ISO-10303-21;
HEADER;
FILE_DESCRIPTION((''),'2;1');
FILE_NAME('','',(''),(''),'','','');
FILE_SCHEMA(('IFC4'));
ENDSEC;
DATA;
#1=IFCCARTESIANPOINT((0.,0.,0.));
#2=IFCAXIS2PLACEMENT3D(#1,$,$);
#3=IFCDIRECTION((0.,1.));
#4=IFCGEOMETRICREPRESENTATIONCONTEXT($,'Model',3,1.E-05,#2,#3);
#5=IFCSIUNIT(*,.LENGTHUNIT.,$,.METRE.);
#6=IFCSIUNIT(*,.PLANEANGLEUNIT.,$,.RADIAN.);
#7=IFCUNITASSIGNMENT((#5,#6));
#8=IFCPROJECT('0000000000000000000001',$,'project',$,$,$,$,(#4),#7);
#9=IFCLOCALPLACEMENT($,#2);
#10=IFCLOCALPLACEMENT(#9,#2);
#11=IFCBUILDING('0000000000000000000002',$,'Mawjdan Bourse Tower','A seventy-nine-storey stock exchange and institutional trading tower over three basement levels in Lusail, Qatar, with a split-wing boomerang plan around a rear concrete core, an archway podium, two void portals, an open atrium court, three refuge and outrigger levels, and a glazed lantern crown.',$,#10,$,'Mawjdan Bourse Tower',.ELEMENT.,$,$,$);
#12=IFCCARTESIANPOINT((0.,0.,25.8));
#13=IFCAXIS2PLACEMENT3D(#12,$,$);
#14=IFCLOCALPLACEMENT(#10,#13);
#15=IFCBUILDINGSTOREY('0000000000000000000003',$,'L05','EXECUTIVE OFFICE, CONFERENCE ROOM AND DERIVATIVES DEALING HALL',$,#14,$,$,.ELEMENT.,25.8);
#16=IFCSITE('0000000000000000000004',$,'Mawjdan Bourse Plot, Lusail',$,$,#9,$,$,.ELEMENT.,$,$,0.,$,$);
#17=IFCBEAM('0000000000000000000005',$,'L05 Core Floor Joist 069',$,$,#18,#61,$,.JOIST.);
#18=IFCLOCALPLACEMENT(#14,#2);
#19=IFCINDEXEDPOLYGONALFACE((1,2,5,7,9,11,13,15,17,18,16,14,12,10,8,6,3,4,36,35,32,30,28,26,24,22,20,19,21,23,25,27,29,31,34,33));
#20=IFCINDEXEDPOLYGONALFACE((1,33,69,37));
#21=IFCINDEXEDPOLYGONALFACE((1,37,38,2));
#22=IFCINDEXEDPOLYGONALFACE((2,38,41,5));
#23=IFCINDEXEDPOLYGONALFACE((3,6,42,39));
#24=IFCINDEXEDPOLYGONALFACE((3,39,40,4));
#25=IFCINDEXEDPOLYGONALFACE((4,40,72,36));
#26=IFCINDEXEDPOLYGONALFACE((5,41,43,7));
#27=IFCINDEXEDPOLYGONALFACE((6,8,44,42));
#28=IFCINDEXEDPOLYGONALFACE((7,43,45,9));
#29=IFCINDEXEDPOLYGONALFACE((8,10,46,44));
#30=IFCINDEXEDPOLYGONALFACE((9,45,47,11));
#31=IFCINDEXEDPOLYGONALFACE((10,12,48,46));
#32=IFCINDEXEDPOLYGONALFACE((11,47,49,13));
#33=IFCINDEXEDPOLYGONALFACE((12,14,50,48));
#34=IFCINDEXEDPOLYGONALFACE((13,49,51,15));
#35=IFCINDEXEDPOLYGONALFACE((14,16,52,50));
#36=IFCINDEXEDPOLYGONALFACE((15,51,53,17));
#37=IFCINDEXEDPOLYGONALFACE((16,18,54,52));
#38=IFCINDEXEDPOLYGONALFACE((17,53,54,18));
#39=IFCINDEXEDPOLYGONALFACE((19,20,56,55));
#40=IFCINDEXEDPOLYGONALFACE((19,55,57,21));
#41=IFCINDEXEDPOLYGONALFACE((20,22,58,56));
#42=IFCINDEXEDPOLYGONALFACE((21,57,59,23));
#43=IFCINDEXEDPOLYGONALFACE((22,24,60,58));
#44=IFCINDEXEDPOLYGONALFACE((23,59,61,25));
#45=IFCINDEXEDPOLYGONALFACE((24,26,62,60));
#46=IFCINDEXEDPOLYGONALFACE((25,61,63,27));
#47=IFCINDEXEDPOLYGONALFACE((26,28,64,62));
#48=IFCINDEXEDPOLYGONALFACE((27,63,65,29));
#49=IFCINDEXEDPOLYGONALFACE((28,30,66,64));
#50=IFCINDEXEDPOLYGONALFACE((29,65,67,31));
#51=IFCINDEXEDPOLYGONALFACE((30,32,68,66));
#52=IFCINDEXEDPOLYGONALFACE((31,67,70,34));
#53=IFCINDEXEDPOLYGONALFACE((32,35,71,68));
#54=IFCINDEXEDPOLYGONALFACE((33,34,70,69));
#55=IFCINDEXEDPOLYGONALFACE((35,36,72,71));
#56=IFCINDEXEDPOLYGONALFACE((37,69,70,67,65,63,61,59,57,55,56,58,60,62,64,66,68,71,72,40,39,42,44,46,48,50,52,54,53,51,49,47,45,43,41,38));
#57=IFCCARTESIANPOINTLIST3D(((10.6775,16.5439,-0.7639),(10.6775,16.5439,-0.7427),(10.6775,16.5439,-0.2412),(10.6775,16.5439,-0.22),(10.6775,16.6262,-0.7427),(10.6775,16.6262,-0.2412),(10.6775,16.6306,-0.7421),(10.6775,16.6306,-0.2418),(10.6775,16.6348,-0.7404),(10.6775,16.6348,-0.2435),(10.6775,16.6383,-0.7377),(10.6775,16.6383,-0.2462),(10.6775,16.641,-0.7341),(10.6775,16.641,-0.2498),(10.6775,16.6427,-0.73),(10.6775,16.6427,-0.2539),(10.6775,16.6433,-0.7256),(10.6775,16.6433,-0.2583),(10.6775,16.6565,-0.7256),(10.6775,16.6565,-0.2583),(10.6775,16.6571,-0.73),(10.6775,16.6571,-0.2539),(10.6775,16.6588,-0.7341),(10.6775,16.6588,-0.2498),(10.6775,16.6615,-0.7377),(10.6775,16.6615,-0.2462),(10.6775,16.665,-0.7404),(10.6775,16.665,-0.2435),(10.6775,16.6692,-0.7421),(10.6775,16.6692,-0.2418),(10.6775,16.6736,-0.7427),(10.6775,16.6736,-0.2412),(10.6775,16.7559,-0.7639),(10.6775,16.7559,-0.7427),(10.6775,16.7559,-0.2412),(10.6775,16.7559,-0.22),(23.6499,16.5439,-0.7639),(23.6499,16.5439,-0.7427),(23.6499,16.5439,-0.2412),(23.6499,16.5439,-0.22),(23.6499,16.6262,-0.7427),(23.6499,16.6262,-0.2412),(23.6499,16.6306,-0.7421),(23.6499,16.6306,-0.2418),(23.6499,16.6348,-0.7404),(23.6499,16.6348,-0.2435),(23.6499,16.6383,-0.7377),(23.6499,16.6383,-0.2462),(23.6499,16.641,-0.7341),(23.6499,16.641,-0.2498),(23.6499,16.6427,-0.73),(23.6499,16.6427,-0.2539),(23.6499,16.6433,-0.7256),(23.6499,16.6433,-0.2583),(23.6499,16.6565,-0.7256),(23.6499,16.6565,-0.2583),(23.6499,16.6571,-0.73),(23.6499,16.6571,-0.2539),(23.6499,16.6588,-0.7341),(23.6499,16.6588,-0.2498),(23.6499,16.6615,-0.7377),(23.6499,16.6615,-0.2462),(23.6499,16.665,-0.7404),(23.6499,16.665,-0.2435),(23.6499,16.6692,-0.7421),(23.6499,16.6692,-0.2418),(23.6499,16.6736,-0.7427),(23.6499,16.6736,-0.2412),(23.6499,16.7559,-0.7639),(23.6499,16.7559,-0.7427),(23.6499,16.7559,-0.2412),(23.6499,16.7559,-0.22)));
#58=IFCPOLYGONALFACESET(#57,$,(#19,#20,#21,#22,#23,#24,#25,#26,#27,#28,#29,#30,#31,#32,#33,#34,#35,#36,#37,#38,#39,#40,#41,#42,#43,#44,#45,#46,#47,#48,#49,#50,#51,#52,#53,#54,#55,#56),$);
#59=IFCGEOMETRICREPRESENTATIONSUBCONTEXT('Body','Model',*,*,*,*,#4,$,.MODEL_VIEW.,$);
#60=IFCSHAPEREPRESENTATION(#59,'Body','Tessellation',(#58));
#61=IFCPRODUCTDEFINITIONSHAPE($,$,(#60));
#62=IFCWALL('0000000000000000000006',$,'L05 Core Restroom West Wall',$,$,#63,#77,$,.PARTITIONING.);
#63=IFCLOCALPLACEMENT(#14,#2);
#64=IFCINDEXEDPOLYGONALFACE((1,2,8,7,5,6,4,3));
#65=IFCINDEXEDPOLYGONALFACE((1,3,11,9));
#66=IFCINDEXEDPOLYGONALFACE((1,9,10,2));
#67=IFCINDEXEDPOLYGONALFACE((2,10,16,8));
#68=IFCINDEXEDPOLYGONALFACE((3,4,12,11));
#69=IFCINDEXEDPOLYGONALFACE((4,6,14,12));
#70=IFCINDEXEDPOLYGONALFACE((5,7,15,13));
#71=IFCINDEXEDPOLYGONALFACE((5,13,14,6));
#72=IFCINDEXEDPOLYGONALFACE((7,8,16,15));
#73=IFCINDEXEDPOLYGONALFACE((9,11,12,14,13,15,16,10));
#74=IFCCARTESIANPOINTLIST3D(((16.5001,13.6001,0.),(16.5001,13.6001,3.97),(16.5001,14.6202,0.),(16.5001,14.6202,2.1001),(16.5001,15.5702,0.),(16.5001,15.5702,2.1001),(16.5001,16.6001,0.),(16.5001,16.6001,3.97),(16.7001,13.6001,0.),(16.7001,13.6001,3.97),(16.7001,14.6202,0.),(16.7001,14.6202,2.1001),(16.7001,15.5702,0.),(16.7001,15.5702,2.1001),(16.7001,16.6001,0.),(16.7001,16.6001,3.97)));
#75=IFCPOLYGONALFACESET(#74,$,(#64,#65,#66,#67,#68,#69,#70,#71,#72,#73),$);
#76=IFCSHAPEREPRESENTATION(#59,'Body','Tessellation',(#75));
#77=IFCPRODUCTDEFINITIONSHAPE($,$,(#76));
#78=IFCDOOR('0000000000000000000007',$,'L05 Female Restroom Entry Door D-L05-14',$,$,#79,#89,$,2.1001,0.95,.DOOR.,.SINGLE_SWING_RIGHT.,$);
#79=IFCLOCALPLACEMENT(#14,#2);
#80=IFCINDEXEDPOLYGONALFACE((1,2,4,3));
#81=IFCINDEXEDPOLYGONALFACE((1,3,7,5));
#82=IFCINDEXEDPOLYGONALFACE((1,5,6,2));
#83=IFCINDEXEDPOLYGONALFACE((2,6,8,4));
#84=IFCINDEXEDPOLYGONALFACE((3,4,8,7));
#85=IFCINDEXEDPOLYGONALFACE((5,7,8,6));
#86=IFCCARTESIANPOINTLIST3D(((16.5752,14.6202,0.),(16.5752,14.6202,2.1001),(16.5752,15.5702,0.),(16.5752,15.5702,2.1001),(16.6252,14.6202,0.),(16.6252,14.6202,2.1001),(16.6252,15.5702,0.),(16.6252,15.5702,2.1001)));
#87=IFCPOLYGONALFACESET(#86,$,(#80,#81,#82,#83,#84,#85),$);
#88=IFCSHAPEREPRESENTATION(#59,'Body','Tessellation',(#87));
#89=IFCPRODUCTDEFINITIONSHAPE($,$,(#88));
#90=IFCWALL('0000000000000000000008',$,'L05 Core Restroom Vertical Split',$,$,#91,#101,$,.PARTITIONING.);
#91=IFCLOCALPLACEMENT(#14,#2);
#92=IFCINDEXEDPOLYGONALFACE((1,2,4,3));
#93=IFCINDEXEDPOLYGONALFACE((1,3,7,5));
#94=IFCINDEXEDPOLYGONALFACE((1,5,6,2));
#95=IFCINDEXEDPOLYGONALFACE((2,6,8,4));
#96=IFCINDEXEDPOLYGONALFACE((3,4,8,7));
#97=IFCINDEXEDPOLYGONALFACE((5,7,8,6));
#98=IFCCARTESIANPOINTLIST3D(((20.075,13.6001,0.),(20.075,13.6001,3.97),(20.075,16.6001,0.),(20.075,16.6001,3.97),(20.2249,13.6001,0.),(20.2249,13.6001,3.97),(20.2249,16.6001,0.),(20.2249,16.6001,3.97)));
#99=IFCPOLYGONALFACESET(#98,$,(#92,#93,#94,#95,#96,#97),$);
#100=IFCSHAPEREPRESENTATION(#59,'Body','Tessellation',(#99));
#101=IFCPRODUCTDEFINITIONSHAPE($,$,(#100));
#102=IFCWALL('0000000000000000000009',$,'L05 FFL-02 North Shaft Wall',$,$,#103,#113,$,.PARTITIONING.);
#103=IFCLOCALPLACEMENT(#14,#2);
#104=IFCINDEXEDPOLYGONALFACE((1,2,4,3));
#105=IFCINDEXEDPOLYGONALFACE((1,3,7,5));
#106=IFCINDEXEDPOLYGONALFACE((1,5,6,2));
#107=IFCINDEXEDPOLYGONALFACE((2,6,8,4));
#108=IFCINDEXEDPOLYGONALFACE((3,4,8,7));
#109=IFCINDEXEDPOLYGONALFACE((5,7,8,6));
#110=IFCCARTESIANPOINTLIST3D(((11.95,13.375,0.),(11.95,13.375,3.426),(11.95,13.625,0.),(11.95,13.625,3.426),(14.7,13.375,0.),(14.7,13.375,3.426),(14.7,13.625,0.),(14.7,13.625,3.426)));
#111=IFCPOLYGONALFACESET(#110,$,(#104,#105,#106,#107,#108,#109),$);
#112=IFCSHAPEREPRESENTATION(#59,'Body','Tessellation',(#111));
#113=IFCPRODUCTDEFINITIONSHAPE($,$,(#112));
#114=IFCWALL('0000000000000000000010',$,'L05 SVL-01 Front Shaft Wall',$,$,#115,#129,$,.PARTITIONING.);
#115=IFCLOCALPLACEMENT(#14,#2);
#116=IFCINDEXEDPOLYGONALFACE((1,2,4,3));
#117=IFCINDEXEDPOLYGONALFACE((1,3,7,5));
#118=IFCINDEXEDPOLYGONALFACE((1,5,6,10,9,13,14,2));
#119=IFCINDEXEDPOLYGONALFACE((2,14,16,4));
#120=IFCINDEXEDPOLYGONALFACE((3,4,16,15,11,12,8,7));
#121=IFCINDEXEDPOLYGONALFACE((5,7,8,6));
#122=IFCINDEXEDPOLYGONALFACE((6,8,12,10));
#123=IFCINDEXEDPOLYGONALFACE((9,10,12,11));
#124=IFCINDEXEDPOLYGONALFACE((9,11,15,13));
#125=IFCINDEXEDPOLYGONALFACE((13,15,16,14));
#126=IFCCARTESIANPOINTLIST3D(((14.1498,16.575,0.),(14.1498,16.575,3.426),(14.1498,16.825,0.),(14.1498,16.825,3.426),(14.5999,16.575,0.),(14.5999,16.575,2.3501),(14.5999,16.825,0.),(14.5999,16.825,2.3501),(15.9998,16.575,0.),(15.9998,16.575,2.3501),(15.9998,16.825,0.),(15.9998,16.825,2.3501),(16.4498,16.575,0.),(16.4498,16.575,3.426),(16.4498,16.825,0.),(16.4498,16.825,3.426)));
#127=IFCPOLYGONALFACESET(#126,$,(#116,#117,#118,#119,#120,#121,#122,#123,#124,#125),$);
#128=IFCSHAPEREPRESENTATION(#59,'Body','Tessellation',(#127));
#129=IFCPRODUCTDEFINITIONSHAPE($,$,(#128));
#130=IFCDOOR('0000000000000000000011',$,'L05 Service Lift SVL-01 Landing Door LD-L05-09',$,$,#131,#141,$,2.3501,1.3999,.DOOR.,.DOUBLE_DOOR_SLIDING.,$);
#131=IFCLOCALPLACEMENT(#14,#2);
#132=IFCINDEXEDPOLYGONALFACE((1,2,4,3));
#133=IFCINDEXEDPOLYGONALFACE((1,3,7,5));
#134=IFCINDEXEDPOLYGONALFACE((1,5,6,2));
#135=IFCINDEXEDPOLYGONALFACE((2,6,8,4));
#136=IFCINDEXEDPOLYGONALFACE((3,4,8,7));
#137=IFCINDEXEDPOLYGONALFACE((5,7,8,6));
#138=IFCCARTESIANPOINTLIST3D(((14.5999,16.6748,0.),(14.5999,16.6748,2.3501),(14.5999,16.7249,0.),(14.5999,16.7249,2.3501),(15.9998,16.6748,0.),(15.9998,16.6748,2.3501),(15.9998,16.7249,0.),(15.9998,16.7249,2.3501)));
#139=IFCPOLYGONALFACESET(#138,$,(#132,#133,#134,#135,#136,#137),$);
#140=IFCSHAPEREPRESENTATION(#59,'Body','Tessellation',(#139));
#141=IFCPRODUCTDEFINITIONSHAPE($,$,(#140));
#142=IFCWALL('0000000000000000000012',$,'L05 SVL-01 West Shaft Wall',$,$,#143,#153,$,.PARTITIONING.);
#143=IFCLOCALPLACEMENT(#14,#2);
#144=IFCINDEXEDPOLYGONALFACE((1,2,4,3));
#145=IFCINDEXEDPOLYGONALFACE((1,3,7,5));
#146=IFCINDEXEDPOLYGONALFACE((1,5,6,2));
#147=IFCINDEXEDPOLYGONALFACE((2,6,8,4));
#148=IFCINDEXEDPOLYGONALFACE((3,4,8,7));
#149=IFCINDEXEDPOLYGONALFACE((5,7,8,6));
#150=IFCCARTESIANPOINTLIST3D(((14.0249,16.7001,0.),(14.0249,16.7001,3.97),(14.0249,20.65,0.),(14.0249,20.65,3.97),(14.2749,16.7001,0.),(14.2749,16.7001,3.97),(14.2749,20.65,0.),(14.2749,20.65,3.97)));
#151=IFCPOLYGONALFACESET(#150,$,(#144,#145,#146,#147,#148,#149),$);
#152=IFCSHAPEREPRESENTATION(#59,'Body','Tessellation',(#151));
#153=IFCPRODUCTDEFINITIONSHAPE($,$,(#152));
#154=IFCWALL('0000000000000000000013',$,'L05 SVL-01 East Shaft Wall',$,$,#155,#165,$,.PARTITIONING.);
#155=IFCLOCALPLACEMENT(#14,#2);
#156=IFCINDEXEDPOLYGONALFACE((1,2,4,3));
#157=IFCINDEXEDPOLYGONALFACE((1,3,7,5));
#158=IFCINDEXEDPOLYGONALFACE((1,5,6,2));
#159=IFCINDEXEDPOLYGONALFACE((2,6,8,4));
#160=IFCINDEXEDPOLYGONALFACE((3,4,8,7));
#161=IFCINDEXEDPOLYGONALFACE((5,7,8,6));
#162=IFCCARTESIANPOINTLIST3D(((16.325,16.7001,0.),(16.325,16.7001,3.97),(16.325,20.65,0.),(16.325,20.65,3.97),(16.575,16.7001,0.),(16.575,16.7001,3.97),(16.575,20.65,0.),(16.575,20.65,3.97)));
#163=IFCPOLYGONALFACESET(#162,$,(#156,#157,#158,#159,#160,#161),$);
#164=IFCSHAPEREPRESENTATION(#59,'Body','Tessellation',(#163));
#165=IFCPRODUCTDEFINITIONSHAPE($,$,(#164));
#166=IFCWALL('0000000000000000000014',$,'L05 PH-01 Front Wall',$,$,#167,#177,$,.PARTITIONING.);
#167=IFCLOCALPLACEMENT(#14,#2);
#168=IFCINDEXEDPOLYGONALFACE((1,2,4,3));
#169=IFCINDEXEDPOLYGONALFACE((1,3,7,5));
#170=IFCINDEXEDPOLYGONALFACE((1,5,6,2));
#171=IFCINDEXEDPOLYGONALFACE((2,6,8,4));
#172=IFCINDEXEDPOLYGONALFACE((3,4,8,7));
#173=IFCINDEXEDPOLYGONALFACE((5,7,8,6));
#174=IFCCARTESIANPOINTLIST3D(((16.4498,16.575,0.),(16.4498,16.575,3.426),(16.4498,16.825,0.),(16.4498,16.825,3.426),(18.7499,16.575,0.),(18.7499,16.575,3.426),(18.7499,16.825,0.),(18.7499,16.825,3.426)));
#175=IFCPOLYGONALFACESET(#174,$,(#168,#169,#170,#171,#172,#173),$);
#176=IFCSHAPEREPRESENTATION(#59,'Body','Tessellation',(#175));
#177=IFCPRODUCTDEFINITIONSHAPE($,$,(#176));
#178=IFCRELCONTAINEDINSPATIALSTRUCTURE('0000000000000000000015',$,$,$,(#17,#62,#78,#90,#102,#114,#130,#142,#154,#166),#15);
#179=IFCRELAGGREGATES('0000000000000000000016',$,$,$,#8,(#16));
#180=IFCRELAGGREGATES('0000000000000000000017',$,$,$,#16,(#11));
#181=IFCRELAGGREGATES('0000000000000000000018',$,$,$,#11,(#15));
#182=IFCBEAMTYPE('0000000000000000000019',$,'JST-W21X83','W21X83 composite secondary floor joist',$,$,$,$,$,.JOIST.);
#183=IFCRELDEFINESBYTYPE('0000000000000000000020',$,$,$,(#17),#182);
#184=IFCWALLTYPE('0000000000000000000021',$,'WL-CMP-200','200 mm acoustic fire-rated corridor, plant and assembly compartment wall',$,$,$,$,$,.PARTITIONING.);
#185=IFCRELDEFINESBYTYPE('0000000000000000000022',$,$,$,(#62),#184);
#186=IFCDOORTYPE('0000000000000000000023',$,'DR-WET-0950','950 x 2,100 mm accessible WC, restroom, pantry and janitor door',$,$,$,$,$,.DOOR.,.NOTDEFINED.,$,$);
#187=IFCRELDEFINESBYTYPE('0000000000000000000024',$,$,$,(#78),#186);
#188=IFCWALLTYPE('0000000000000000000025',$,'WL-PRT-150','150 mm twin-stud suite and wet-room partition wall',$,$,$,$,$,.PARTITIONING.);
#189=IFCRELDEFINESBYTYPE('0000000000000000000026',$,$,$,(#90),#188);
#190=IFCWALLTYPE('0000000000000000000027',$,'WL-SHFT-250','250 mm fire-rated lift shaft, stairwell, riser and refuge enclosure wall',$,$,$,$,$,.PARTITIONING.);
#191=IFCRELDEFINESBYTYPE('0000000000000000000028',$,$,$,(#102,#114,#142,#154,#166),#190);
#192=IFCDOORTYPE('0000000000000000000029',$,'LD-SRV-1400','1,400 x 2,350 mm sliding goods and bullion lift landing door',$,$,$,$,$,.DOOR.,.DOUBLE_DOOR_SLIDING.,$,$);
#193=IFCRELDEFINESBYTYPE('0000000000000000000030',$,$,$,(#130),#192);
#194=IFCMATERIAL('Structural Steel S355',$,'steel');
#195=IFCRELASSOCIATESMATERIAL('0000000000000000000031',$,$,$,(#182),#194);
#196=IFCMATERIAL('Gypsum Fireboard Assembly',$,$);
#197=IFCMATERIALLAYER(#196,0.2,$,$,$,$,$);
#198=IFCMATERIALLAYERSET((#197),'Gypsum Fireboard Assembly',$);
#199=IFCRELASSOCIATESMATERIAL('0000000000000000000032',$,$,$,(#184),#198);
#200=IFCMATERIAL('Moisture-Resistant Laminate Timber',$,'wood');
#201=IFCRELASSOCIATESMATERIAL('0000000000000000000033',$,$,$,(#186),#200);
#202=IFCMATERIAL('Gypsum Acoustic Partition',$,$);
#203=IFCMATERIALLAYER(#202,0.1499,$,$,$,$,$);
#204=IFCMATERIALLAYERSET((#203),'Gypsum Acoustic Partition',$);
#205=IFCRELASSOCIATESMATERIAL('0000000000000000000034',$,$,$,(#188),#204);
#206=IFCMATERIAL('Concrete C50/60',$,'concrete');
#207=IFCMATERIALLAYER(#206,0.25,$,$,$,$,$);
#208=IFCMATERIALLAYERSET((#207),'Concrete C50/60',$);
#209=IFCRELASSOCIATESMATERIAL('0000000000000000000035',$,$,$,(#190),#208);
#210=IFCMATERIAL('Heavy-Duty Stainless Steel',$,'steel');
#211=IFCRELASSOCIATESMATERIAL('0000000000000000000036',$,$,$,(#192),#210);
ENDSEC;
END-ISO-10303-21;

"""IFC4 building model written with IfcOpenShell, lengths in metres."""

from ifc_helpers import new_model, si_unit, direction, frame, frame_2d, origin, origin_2d, place, context, subcontext, project, spatial, rectangle, i_section, extrude, material, layer, layer_set, material_profile, profile_set, type_object, element, fill, save


model = new_model("IFC4")

# Units and contexts
model_context = context("Model", 3, precision=1e-05, world=origin(), true_north=direction((0.0, 1.0)))
body_context = subcontext(model_context, "Body", "Model", "MODEL_VIEW")
ifc_project = project(units=[si_unit("LENGTHUNIT", "METRE"), si_unit("PLANEANGLEUNIT", "RADIAN")], contexts=[model_context])

# Site, building, storey
site_placement = place(None, origin())
site = spatial("IfcSite", under=ifc_project, at=site_placement, Name="Mawjdan Bourse Plot, Lusail", CompositionType="ELEMENT", RefElevation=0.0)
building_placement = place(site_placement, origin())
building = spatial("IfcBuilding", under=site, at=building_placement, Name="Mawjdan Bourse Tower", Description="A seventy-nine-storey stock exchange and institutional trading tower over three basement levels in Lusail, Qatar, with a split-wing boomerang plan around a rear concrete core, an archway podium, two void portals, an open atrium court, three refuge and outrigger levels, and a glazed lantern crown.", LongName="Mawjdan Bourse Tower", CompositionType="ELEMENT")
storey_placement = place(building_placement, frame((0.0, 0.0, 25.8)))
storey = spatial("IfcBuildingStorey", under=building, at=storey_placement, Name="L05", Description="EXECUTIVE OFFICE, CONFERENCE ROOM AND DERIVATIVES DEALING HALL", CompositionType="ELEMENT", Elevation=25.8)

# Beam
ifc_material_1 = material(Name="Structural Steel S355", Category="steel")
ifc_material_profile = material_profile(ifc_material_1, i_section(OverallWidth=0.2119, OverallDepth=0.5439, WebThickness=0.0132, FlangeThickness=0.0212, FilletRadius=0.0171, at=origin_2d()), Name="W21X83")
ifc_profile_set = profile_set([ifc_material_profile], Name="Structural Steel S355")
beam_type = type_object("IfcBeamType", Name="JST-W21X83", Description="W21X83 composite secondary floor joist", PredefinedType="JOIST", material=ifc_profile_set)
beam_placement = place(storey_placement, frame((10.6775, 16.6499, -0.4919), z_axis=(1.0, 0.0, 0.0), x_axis=(0.0, 1.0, 0.0)))
element("IfcBeam", 1, at=beam_placement, inside=storey, type_object=beam_type, Name="L05 Core Floor Joist 069", PredefinedType="JOIST", context=body_context, shape_type="SweptSolid", body=[
    extrude(i_section(OverallWidth=0.2119, OverallDepth=0.5439, WebThickness=0.0132, FlangeThickness=0.0212, FilletRadius=0.0171, at=origin_2d()), origin(), (0.0, 0.0, 1.0), 12.9724),
])

# Wall, opening, door
ifc_material_2 = material(Name="Gypsum Fireboard Assembly")
ifc_layer_1 = layer(ifc_material_2, 0.2)
ifc_layer_set_1 = layer_set([ifc_layer_1], Name="Gypsum Fireboard Assembly")
wall_type_1 = type_object("IfcWallType", Name="WL-CMP-200", Description="200 mm acoustic fire-rated corridor, plant and assembly compartment wall", PredefinedType="PARTITIONING", material=ifc_layer_set_1)
wall_1_placement = place(storey_placement, frame((16.6001, 13.6001, 0.0), z_axis=(0.0, 0.0, 1.0), x_axis=(0.0, 1.0, 0.0)))
wall_1 = element("IfcWall", 2, at=wall_1_placement, inside=storey, type_object=wall_type_1, Name="L05 Core Restroom West Wall", PredefinedType="PARTITIONING", context=body_context, shape_type="SweptSolid", body=[
    extrude(rectangle(XDim=3.0, YDim=0.2, at=frame_2d((1.5, 0.0))), origin(), (0.0, 0.0, 1.0), 3.97),
])
opening_1_placement = place(wall_1_placement, frame((1.02, 0.0, 0.0)))
opening_1 = element("IfcOpeningElement", 3, at=opening_1_placement, cuts=wall_1, PredefinedType="OPENING", context=body_context, shape_type="SweptSolid", body=[
    extrude(rectangle(XDim=0.95, YDim=2.1001, at=frame_2d((0.4751, 1.05))), frame((0.0, 0.1099, 0.0), z_axis=(0.0, -1.0, 0.0), x_axis=(1.0, 0.0, 0.0)), (0.0, 0.0, 1.0), 0.22),
])
ifc_material_3 = material(Name="Moisture-Resistant Laminate Timber", Category="wood")
door_type_1 = type_object("IfcDoorType", Name="DR-WET-0950", Description="950 x 2,100 mm accessible WC, restroom, pantry and janitor door", OperationType="NOTDEFINED", PredefinedType="DOOR", material=ifc_material_3)
door_1_placement = place(opening_1_placement, origin())
door_1 = element("IfcDoor", 4, at=door_1_placement, inside=storey, type_object=door_type_1, Name="L05 Female Restroom Entry Door D-L05-14", OperationType="SINGLE_SWING_RIGHT", OverallHeight=2.1001, OverallWidth=0.95, PredefinedType="DOOR", context=body_context, shape_type="SweptSolid", body=[
    extrude(rectangle(XDim=0.95, YDim=2.1001, at=frame_2d((0.4751, 1.05))), frame((0.0, 0.0249, 0.0), z_axis=(0.0, -1.0, 0.0), x_axis=(1.0, 0.0, 0.0)), (0.0, 0.0, 1.0), 0.05),
])
fill(opening_1, door_1)

# Walls
ifc_material_4 = material(Name="Gypsum Acoustic Partition")
ifc_layer_2 = layer(ifc_material_4, 0.1499)
ifc_layer_set_2 = layer_set([ifc_layer_2], Name="Gypsum Acoustic Partition")
wall_type_2 = type_object("IfcWallType", Name="WL-PRT-150", Description="150 mm twin-stud suite and wet-room partition wall", PredefinedType="PARTITIONING", material=ifc_layer_set_2)
wall_2_placement = place(storey_placement, frame((20.1499, 13.6001, 0.0), z_axis=(0.0, 0.0, 1.0), x_axis=(0.0, 1.0, 0.0)))
element("IfcWall", 5, at=wall_2_placement, inside=storey, type_object=wall_type_2, Name="L05 Core Restroom Vertical Split", PredefinedType="PARTITIONING", context=body_context, shape_type="SweptSolid", body=[
    extrude(rectangle(XDim=3.0, YDim=0.1499, at=frame_2d((1.5, 0.0))), origin(), (0.0, 0.0, 1.0), 3.97),
])
ifc_material_5 = material(Name="Concrete C50/60", Category="concrete")
ifc_layer_3 = layer(ifc_material_5, 0.25)
ifc_layer_set_3 = layer_set([ifc_layer_3], Name="Concrete C50/60")
wall_type_3 = type_object("IfcWallType", Name="WL-SHFT-250", Description="250 mm fire-rated lift shaft, stairwell, riser and refuge enclosure wall", PredefinedType="PARTITIONING", material=ifc_layer_set_3)
wall_3_placement = place(storey_placement, frame((11.95, 13.5, 0.0), z_axis=(0.0, 0.0, 1.0), x_axis=(1.0, 0.0, 0.0)))
element("IfcWall", 6, at=wall_3_placement, inside=storey, type_object=wall_type_3, Name="L05 FFL-02 North Shaft Wall", PredefinedType="PARTITIONING", context=body_context, shape_type="SweptSolid", body=[
    extrude(rectangle(XDim=2.75, YDim=0.25, at=frame_2d((1.375, 0.0))), origin(), (0.0, 0.0, 1.0), 3.426),
])

# Wall, opening, door
wall_4_placement = place(storey_placement, frame((14.1499, 16.7, 0.0), z_axis=(0.0, 0.0, 1.0), x_axis=(1.0, 0.0, 0.0)))
wall_4 = element("IfcWall", 7, at=wall_4_placement, inside=storey, type_object=wall_type_3, Name="L05 SVL-01 Front Shaft Wall", PredefinedType="PARTITIONING", context=body_context, shape_type="SweptSolid", body=[
    extrude(rectangle(XDim=2.3, YDim=0.25, at=frame_2d((1.1499, 0.0))), origin(), (0.0, 0.0, 1.0), 3.426),
])
opening_2_placement = place(wall_4_placement, frame((0.45, 0.0, 0.0)))
opening_2 = element("IfcOpeningElement", 8, at=opening_2_placement, cuts=wall_4, PredefinedType="OPENING", context=body_context, shape_type="SweptSolid", body=[
    extrude(rectangle(XDim=1.3999, YDim=2.3501, at=frame_2d((0.7, 1.175))), frame((0.0, 0.135, 0.0), z_axis=(0.0, -1.0, 0.0), x_axis=(1.0, 0.0, 0.0)), (0.0, 0.0, 1.0), 0.27),
])
ifc_material_6 = material(Name="Heavy-Duty Stainless Steel", Category="steel")
door_type_2 = type_object("IfcDoorType", Name="LD-SRV-1400", Description="1,400 x 2,350 mm sliding goods and bullion lift landing door", OperationType="DOUBLE_DOOR_SLIDING", PredefinedType="DOOR", material=ifc_material_6)
door_2_placement = place(opening_2_placement, origin())
door_2 = element("IfcDoor", 9, at=door_2_placement, inside=storey, type_object=door_type_2, Name="L05 Service Lift SVL-01 Landing Door LD-L05-09", OperationType="DOUBLE_DOOR_SLIDING", OverallHeight=2.3501, OverallWidth=1.3999, PredefinedType="DOOR", context=body_context, shape_type="SweptSolid", body=[
    extrude(rectangle(XDim=1.3999, YDim=2.3501, at=frame_2d((0.7, 1.175))), frame((0.0, 0.0249, 0.0), z_axis=(0.0, -1.0, 0.0), x_axis=(1.0, 0.0, 0.0)), (0.0, 0.0, 1.0), 0.05),
])
fill(opening_2, door_2)

# Walls
for number, where, z_axis, x_axis, name in (
    (10, (14.1499, 16.7, 0.0), (0.0, 0.0, 1.0), (0.0, 1.0, 0.0), "L05 SVL-01 West Shaft Wall"),
    (11, (16.45, 16.7, 0.0), (0.0, 0.0, 1.0), (0.0, 1.0, 0.0), "L05 SVL-01 East Shaft Wall"),
):
    element("IfcWall", number, at=place(storey_placement, frame(where, z_axis=z_axis, x_axis=x_axis)), inside=storey, type_object=wall_type_3, Name=name, PredefinedType="PARTITIONING", context=body_context, shape_type="SweptSolid", body=[
        extrude(rectangle(XDim=3.95, YDim=0.25, at=frame_2d((1.9751, 0.0))), origin(), (0.0, 0.0, 1.0), 3.97),
    ])
wall_5_placement = place(storey_placement, frame((16.45, 16.7, 0.0), z_axis=(0.0, 0.0, 1.0), x_axis=(1.0, 0.0, 0.0)))
element("IfcWall", 12, at=wall_5_placement, inside=storey, type_object=wall_type_3, Name="L05 PH-01 Front Wall", PredefinedType="PARTITIONING", context=body_context, shape_type="SweptSolid", body=[
    extrude(rectangle(XDim=2.3, YDim=0.25, at=frame_2d((1.1499, 0.0))), origin(), (0.0, 0.0, 1.0), 3.426),
])

save(model, "model.ifc")
